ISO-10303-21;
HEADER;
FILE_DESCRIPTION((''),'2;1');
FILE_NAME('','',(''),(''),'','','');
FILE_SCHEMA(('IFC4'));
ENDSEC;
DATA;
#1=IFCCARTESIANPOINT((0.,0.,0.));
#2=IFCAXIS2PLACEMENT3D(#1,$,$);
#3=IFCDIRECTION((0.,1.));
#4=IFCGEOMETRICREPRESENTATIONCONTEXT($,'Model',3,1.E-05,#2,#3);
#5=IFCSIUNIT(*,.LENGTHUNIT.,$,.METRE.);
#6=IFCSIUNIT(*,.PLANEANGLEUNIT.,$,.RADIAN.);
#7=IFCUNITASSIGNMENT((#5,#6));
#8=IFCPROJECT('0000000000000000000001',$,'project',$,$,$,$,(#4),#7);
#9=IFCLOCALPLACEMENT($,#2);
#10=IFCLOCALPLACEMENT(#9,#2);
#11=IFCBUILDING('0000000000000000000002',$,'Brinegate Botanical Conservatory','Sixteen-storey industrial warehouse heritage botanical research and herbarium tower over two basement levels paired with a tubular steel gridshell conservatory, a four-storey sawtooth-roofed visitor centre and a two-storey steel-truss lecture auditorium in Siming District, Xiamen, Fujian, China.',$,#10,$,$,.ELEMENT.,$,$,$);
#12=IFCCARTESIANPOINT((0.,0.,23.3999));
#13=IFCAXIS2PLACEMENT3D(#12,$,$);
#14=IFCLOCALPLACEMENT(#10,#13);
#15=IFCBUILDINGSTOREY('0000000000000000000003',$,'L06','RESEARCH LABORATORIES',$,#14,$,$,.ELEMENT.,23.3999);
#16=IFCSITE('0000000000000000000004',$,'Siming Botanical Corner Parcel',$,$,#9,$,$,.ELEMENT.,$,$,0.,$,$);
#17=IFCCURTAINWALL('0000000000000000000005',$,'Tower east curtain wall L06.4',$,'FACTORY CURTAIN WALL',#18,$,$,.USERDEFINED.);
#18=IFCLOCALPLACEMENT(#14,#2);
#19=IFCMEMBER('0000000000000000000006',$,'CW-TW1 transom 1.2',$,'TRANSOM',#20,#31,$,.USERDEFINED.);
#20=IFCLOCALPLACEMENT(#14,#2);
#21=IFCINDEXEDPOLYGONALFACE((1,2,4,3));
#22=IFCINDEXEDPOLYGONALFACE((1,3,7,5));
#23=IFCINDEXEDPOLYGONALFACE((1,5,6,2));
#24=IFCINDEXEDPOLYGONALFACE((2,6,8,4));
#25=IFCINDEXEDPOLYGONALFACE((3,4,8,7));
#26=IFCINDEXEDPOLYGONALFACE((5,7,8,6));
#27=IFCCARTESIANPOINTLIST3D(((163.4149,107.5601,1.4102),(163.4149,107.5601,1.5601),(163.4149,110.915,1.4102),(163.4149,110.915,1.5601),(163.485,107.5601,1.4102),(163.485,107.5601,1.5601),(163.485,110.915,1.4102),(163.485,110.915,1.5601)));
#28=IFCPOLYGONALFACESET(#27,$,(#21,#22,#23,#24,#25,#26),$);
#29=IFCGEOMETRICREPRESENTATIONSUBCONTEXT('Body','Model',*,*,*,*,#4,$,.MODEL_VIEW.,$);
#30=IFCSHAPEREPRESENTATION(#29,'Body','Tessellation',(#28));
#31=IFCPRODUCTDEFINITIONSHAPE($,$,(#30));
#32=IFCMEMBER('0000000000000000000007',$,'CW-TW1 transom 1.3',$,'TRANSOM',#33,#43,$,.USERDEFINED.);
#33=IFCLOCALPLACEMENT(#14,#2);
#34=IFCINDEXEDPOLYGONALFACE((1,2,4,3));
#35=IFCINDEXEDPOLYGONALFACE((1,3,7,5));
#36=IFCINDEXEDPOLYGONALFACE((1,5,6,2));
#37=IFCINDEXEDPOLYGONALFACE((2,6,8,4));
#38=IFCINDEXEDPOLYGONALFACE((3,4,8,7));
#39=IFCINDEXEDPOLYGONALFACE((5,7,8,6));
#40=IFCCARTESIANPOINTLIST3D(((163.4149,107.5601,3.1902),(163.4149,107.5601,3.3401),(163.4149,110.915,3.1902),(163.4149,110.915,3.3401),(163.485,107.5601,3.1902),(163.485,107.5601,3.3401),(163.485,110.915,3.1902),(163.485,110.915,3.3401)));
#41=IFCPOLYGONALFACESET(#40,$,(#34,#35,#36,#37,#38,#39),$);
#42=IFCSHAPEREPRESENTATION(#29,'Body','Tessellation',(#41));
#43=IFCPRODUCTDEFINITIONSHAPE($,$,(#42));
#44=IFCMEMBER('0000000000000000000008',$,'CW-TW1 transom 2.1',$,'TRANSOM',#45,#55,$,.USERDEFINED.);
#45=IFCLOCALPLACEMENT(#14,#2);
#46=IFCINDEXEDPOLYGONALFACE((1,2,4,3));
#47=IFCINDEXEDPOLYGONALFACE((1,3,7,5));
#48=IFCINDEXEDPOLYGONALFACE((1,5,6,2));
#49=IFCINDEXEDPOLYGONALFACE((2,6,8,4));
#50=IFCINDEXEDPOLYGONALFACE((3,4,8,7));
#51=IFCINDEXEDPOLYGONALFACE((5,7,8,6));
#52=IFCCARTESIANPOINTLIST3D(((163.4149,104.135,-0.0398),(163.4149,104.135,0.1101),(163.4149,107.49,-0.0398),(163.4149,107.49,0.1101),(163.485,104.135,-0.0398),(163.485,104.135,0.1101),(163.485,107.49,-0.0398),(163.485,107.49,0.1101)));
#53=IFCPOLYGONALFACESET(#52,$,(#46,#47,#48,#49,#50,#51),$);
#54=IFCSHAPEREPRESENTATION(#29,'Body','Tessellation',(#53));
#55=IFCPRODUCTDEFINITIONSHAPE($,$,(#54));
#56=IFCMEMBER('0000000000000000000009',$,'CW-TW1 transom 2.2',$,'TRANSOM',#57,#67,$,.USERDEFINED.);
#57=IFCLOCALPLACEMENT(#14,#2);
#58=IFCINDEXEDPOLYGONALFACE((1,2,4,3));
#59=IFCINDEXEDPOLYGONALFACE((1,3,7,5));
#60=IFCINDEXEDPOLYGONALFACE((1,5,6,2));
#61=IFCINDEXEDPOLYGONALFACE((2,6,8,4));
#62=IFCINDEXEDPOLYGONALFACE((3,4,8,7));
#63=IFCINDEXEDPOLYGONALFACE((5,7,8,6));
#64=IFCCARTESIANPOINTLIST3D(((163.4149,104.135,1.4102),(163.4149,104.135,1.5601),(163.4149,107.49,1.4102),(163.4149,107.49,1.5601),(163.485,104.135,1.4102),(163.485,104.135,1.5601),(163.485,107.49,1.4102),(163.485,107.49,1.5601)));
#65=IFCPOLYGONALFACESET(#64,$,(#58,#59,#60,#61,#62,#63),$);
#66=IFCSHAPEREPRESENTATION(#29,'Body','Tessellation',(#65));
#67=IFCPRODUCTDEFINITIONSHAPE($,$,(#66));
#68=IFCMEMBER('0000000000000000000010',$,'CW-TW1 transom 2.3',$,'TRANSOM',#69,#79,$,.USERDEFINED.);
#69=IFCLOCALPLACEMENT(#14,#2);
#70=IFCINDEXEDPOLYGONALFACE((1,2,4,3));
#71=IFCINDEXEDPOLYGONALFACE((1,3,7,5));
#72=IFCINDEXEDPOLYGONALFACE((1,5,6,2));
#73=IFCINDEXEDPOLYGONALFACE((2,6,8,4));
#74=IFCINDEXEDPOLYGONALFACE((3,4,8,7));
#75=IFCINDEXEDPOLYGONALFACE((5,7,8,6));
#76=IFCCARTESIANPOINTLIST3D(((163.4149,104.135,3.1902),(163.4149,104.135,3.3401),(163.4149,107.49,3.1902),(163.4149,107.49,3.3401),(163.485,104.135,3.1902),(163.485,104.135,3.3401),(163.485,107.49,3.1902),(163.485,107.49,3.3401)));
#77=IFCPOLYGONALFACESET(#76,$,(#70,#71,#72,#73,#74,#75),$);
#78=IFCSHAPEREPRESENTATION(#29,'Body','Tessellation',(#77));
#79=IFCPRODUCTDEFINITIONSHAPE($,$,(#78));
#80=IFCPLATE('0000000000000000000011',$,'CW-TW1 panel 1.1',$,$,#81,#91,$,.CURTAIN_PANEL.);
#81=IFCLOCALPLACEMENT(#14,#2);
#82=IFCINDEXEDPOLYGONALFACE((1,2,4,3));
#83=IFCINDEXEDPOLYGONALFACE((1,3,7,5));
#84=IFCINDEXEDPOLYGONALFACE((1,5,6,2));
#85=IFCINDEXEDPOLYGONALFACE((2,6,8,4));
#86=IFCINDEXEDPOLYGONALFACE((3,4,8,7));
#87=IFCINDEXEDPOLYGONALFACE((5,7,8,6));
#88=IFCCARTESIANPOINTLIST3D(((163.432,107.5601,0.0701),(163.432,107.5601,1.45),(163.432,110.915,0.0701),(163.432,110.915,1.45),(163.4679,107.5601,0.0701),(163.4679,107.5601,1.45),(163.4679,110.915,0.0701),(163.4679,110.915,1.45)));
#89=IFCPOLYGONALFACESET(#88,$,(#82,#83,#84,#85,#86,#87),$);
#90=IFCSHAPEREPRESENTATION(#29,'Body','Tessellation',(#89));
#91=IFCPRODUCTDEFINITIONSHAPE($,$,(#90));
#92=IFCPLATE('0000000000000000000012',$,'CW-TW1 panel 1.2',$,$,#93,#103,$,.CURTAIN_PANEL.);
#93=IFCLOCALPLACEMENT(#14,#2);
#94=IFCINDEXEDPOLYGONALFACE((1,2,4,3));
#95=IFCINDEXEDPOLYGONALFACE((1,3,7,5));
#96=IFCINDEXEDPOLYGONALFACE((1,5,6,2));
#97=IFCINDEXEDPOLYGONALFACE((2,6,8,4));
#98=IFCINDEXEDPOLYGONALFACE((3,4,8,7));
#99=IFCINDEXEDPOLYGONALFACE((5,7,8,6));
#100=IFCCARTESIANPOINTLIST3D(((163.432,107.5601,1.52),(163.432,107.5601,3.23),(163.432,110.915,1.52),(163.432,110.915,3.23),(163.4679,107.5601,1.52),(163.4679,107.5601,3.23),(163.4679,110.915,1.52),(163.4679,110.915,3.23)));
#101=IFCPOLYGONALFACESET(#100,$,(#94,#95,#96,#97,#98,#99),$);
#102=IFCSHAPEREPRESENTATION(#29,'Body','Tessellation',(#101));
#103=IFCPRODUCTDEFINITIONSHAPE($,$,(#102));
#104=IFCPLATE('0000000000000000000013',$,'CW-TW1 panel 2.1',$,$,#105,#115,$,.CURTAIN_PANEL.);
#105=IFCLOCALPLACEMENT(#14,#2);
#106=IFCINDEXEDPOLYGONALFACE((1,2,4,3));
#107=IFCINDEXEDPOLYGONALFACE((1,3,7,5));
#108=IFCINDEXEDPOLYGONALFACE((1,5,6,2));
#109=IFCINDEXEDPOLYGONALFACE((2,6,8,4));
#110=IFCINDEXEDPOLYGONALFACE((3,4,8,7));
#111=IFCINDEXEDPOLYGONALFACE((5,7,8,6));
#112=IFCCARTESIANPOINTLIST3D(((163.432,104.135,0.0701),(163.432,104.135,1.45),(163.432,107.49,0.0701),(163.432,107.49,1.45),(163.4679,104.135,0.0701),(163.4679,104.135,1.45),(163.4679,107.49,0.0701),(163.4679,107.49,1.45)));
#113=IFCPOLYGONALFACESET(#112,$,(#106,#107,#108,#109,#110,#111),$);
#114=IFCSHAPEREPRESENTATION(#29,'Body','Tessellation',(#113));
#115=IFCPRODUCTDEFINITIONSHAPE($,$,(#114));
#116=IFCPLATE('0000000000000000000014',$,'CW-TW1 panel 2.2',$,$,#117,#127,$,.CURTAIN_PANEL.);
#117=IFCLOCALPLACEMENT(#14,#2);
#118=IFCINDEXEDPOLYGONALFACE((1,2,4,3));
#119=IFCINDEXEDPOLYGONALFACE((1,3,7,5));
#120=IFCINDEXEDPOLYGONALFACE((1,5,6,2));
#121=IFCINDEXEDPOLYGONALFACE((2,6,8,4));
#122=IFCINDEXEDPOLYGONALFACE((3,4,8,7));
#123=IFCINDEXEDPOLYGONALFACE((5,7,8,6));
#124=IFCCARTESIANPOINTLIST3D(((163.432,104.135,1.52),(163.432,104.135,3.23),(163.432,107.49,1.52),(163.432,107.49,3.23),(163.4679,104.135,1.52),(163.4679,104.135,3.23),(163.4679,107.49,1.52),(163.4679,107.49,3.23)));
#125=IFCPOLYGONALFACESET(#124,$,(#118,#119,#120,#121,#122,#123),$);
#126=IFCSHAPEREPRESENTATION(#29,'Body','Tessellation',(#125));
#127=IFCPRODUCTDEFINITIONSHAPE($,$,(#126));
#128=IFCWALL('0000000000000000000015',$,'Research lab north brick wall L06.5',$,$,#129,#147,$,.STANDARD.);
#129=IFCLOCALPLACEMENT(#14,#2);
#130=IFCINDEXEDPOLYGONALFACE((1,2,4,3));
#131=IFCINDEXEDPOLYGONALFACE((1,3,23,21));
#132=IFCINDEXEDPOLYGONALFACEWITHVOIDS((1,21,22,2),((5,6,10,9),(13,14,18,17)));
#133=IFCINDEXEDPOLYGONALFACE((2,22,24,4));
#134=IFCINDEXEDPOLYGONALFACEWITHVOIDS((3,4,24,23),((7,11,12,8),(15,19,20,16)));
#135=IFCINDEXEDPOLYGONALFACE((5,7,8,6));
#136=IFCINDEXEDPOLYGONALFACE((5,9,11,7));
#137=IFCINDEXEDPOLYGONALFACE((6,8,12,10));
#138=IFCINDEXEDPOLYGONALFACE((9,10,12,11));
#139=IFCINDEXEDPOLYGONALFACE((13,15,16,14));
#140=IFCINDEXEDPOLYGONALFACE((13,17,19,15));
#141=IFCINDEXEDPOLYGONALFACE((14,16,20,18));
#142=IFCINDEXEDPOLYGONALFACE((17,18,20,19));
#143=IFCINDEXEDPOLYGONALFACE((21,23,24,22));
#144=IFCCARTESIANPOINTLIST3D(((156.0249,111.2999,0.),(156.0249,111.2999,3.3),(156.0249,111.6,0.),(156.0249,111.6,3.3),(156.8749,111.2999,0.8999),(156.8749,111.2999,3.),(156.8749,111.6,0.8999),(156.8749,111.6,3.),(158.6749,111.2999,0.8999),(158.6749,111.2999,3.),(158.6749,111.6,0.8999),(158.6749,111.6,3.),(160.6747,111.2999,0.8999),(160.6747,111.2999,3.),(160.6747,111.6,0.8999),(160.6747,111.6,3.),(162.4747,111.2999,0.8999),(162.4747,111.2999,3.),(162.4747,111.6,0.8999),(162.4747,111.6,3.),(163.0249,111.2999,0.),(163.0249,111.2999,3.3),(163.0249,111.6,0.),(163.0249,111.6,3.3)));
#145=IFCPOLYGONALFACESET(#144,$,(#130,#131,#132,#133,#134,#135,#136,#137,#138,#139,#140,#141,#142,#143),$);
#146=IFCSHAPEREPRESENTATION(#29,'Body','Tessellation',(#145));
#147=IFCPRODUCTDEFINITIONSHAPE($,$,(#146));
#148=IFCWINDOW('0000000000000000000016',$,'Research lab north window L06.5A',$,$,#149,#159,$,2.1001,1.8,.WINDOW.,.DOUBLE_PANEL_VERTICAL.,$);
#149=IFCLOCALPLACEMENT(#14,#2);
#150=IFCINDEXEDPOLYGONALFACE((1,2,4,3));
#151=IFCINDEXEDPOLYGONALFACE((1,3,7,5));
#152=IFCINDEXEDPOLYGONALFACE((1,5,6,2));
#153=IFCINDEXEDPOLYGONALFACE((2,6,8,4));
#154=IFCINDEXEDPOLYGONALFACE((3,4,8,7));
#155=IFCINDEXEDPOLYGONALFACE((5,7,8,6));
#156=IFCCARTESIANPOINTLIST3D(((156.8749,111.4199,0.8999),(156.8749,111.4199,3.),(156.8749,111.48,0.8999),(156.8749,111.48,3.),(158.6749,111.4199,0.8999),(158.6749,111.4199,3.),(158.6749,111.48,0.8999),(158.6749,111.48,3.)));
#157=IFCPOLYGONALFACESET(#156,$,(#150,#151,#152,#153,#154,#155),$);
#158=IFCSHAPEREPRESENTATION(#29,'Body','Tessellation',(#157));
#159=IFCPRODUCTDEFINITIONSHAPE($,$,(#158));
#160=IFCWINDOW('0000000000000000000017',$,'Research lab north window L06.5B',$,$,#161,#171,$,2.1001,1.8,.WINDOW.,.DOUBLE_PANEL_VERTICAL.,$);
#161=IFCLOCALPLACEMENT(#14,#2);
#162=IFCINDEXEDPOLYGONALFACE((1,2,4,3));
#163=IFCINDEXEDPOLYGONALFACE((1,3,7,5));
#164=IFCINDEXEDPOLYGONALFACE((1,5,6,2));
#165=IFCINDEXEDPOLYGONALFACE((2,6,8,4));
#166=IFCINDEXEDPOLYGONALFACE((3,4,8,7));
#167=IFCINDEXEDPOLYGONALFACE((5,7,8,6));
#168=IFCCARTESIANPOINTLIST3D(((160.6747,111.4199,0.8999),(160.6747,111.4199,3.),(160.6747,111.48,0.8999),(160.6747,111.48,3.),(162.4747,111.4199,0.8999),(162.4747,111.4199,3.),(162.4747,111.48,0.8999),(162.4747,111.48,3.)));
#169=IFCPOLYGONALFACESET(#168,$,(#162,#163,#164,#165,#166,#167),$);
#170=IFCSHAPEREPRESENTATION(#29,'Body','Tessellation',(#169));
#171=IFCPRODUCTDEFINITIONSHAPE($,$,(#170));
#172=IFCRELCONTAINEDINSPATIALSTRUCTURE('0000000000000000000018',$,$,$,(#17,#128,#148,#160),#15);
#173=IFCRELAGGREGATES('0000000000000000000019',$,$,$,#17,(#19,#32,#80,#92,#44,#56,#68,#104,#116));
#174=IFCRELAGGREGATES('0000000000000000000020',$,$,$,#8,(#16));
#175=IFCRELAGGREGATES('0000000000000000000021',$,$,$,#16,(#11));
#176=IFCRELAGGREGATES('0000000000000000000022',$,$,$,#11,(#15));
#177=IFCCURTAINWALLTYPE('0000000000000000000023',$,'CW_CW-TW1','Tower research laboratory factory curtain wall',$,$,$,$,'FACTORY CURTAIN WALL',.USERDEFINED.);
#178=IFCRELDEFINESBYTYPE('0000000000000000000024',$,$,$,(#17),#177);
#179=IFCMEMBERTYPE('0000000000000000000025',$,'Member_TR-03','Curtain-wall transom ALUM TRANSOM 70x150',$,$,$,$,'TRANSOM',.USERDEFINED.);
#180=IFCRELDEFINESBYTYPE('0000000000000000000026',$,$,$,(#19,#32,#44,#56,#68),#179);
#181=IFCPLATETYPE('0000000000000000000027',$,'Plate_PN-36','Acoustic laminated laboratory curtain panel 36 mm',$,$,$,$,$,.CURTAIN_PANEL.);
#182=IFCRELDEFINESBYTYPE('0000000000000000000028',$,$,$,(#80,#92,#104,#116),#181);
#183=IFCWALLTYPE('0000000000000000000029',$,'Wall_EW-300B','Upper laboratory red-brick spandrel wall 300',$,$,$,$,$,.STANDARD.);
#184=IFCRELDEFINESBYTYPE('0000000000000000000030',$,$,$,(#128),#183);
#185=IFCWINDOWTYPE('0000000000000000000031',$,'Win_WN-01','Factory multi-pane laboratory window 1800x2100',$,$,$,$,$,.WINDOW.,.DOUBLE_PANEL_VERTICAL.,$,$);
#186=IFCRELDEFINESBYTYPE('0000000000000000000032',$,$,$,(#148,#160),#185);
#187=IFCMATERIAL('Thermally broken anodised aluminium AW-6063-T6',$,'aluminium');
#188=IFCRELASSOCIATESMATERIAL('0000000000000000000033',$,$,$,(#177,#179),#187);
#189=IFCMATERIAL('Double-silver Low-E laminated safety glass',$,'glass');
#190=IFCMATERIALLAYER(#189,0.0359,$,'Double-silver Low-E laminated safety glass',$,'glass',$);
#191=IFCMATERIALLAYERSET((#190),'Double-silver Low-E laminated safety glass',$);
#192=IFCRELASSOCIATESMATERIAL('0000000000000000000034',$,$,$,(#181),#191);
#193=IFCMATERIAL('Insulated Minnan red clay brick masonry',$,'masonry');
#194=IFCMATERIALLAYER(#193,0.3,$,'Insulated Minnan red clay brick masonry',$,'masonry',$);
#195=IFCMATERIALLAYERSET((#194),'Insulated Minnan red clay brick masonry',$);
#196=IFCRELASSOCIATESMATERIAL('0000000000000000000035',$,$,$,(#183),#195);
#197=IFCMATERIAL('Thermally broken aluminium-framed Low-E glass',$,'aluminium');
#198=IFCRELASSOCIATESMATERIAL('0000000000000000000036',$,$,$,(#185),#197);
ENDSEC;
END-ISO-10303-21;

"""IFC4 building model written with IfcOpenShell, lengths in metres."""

from ifc_helpers import new_model, si_unit, direction, frame, frame_2d, origin, origin_2d, place, context, subcontext, project, spatial, rectangle, extrude, material, layer, layer_set, material_profile, profile_set, type_object, element, fill, aggregate, save


model = new_model("IFC4")

# Units and contexts
model_context = context("Model", 3, precision=1e-05, world=origin(), true_north=direction((0.0, 1.0)))
body_context = subcontext(model_context, "Body", "Model", "MODEL_VIEW")
ifc_project = project(units=[si_unit("LENGTHUNIT", "METRE"), si_unit("PLANEANGLEUNIT", "RADIAN")], contexts=[model_context])

# Site, building, storey
site_placement = place(None, origin())
site = spatial("IfcSite", under=ifc_project, at=site_placement, Name="Siming Botanical Corner Parcel", CompositionType="ELEMENT", RefElevation=0.0)
building_placement = place(site_placement, origin())
building = spatial("IfcBuilding", under=site, at=building_placement, Name="Brinegate Botanical Conservatory", Description="Sixteen-storey industrial warehouse heritage botanical research and herbarium tower over two basement levels paired with a tubular steel gridshell conservatory, a four-storey sawtooth-roofed visitor centre and a two-storey steel-truss lecture auditorium in Siming District, Xiamen, Fujian, China.", CompositionType="ELEMENT")
storey_placement = place(building_placement, frame((0.0, 0.0, 23.3999)))
storey = spatial("IfcBuildingStorey", under=building, at=storey_placement, Name="L06", Description="RESEARCH LABORATORIES", CompositionType="ELEMENT", Elevation=23.3999)

# Shared definitions
ifc_material_1 = material(Name="Thermally broken anodised aluminium AW-6063-T6", Category="aluminium")
curtain_wall_type = type_object("IfcCurtainWallType", Name="CW_CW-TW1", Description="Tower research laboratory factory curtain wall", ElementType="FACTORY CURTAIN WALL", PredefinedType="USERDEFINED", material=ifc_material_1)

# Curtain wall, members, plates
curtain_wall_1_placement = place(storey_placement, origin())
curtain_wall_1 = element("IfcCurtainWall", 1, at=curtain_wall_1_placement, inside=storey, type_object=curtain_wall_type, Name="Tower east curtain wall L06.4", ObjectType="FACTORY CURTAIN WALL", PredefinedType="USERDEFINED")
ifc_material_profile_1 = material_profile(ifc_material_1, rectangle(XDim=0.0701, YDim=0.1499, at=origin_2d()), Name="ALUM TRANSOM 70x150")
ifc_profile_set_1 = profile_set([ifc_material_profile_1], Name="Thermally broken anodised aluminium AW-6063-T6")
member_type_1 = type_object("IfcMemberType", Name="Member_TR-03", Description="Curtain-wall transom ALUM TRANSOM 70x150", ElementType="TRANSOM", PredefinedType="USERDEFINED", material=ifc_profile_set_1)
member_1_placement = place(storey_placement, frame((163.45, 110.915, 1.4851), z_axis=(0.0, -1.0, 0.0), x_axis=(1.0, 0.0, 0.0)))
member_1 = element("IfcMember", 2, at=member_1_placement, type_object=member_type_1, Name="CW-TW1 transom 1.2", ObjectType="TRANSOM", PredefinedType="USERDEFINED", context=body_context, shape_type="SweptSolid", body=[
    extrude(rectangle(XDim=0.0701, YDim=0.1499, at=origin_2d()), origin(), (0.0, 0.0, 1.0), 3.355),
])
member_2_placement = place(storey_placement, frame((163.45, 110.915, 3.2651), z_axis=(0.0, -1.0, 0.0), x_axis=(1.0, 0.0, 0.0)))
member_2 = element("IfcMember", 3, at=member_2_placement, type_object=member_type_1, Name="CW-TW1 transom 1.3", ObjectType="TRANSOM", PredefinedType="USERDEFINED", context=body_context, shape_type="SweptSolid", body=[
    extrude(rectangle(XDim=0.0701, YDim=0.1499, at=origin_2d()), origin(), (0.0, 0.0, 1.0), 3.355),
])
member_3_placement = place(storey_placement, frame((163.45, 107.49, 0.0352), z_axis=(0.0, -1.0, 0.0), x_axis=(1.0, 0.0, 0.0)))
member_3 = element("IfcMember", 4, at=member_3_placement, type_object=member_type_1, Name="CW-TW1 transom 2.1", ObjectType="TRANSOM", PredefinedType="USERDEFINED", context=body_context, shape_type="SweptSolid", body=[
    extrude(rectangle(XDim=0.0701, YDim=0.1499, at=origin_2d()), origin(), (0.0, 0.0, 1.0), 3.355),
])
member_4_placement = place(storey_placement, frame((163.45, 107.49, 1.4851), z_axis=(0.0, -1.0, 0.0), x_axis=(1.0, 0.0, 0.0)))
member_4 = element("IfcMember", 5, at=member_4_placement, type_object=member_type_1, Name="CW-TW1 transom 2.2", ObjectType="TRANSOM", PredefinedType="USERDEFINED", context=body_context, shape_type="SweptSolid", body=[
    extrude(rectangle(XDim=0.0701, YDim=0.1499, at=origin_2d()), origin(), (0.0, 0.0, 1.0), 3.355),
])
member_5_placement = place(storey_placement, frame((163.45, 107.49, 3.2651), z_axis=(0.0, -1.0, 0.0), x_axis=(1.0, 0.0, 0.0)))
member_5 = element("IfcMember", 6, at=member_5_placement, type_object=member_type_1, Name="CW-TW1 transom 2.3", ObjectType="TRANSOM", PredefinedType="USERDEFINED", context=body_context, shape_type="SweptSolid", body=[
    extrude(rectangle(XDim=0.0701, YDim=0.1499, at=origin_2d()), origin(), (0.0, 0.0, 1.0), 3.355),
])
ifc_material_2 = material(Name="Double-silver Low-E laminated safety glass", Category="glass")
ifc_layer_1 = layer(ifc_material_2, 0.0359, Name="Double-silver Low-E laminated safety glass", Category="glass")
ifc_layer_set_1 = layer_set([ifc_layer_1], Name="Double-silver Low-E laminated safety glass")
plate_type = type_object("IfcPlateType", Name="Plate_PN-36", Description="Acoustic laminated laboratory curtain panel 36 mm", PredefinedType="CURTAIN_PANEL", material=ifc_layer_set_1)
plate_1_placement = place(storey_placement, frame((163.45, 109.2375, 0.0701), z_axis=(0.0, 0.0, 1.0), x_axis=(0.0, -1.0, 0.0)))
plate_1 = element("IfcPlate", 7, at=plate_1_placement, type_object=plate_type, Name="CW-TW1 panel 1.1", PredefinedType="CURTAIN_PANEL", context=body_context, shape_type="SweptSolid", body=[
    extrude(rectangle(XDim=3.355, YDim=0.0359, at=origin_2d()), origin(), (0.0, 0.0, 1.0), 1.3799),
])
plate_2_placement = place(storey_placement, frame((163.45, 109.2375, 1.52), z_axis=(0.0, 0.0, 1.0), x_axis=(0.0, -1.0, 0.0)))
plate_2 = element("IfcPlate", 8, at=plate_2_placement, type_object=plate_type, Name="CW-TW1 panel 1.2", PredefinedType="CURTAIN_PANEL", context=body_context, shape_type="SweptSolid", body=[
    extrude(rectangle(XDim=3.355, YDim=0.0359, at=origin_2d()), origin(), (0.0, 0.0, 1.0), 1.71),
])
plate_3_placement = place(storey_placement, frame((163.45, 105.8125, 0.0701), z_axis=(0.0, 0.0, 1.0), x_axis=(0.0, -1.0, 0.0)))
plate_3 = element("IfcPlate", 9, at=plate_3_placement, type_object=plate_type, Name="CW-TW1 panel 2.1", PredefinedType="CURTAIN_PANEL", context=body_context, shape_type="SweptSolid", body=[
    extrude(rectangle(XDim=3.355, YDim=0.0359, at=origin_2d()), origin(), (0.0, 0.0, 1.0), 1.3799),
])
plate_4_placement = place(storey_placement, frame((163.45, 105.8125, 1.52), z_axis=(0.0, 0.0, 1.0), x_axis=(0.0, -1.0, 0.0)))
plate_4 = element("IfcPlate", 10, at=plate_4_placement, type_object=plate_type, Name="CW-TW1 panel 2.2", PredefinedType="CURTAIN_PANEL", context=body_context, shape_type="SweptSolid", body=[
    extrude(rectangle(XDim=3.355, YDim=0.0359, at=origin_2d()), origin(), (0.0, 0.0, 1.0), 1.71),
])
aggregate(curtain_wall_1, [member_1, member_2, plate_1, plate_2, member_3, member_4, member_5, plate_3, plate_4])

# Wall, openings, windows
ifc_material_3 = material(Name="Insulated Minnan red clay brick masonry", Category="masonry")
ifc_layer_2 = layer(ifc_material_3, 0.3, Name="Insulated Minnan red clay brick masonry", Category="masonry")
ifc_layer_set_2 = layer_set([ifc_layer_2], Name="Insulated Minnan red clay brick masonry")
wall_type_1 = type_object("IfcWallType", Name="Wall_EW-300B", Description="Upper laboratory red-brick spandrel wall 300", PredefinedType="STANDARD", material=ifc_layer_set_2)
wall_1_placement = place(storey_placement, frame((156.0249, 111.45, 0.0), z_axis=(0.0, 0.0, 1.0), x_axis=(1.0, 0.0, 0.0)))
wall_1 = element("IfcWall", 11, at=wall_1_placement, inside=storey, type_object=wall_type_1, Name="Research lab north brick wall L06.5", PredefinedType="STANDARD", context=body_context, shape_type="SweptSolid", body=[
    extrude(rectangle(XDim=7.0, YDim=0.3, at=frame_2d((3.5, 0.0))), origin(), (0.0, 0.0, 1.0), 3.3),
])
opening_1_placement = place(wall_1_placement, frame((0.8501, 0.0, 0.8999)))
opening_1 = element("IfcOpeningElement", 12, at=opening_1_placement, cuts=wall_1, PredefinedType="OPENING", context=body_context, shape_type="SweptSolid", body=[
    extrude(rectangle(XDim=1.8, YDim=2.1001, at=frame_2d((0.8999, 1.05))), frame((0.0, 0.1599, 0.0), z_axis=(0.0, -1.0, 0.0), x_axis=(1.0, 0.0, 0.0)), (0.0, 0.0, 1.0), 0.3201),
])
opening_2_placement = place(wall_1_placement, frame((4.6499, 0.0, 0.8999)))
opening_2 = element("IfcOpeningElement", 13, at=opening_2_placement, cuts=wall_1, PredefinedType="OPENING", context=body_context, shape_type="SweptSolid", body=[
    extrude(rectangle(XDim=1.8, YDim=2.1001, at=frame_2d((0.8999, 1.05))), frame((0.0, 0.1599, 0.0), z_axis=(0.0, -1.0, 0.0), x_axis=(1.0, 0.0, 0.0)), (0.0, 0.0, 1.0), 0.3201),
])
ifc_material_4 = material(Name="Thermally broken aluminium-framed Low-E glass", Category="aluminium")
window_type_1 = type_object("IfcWindowType", Name="Win_WN-01", Description="Factory multi-pane laboratory window 1800x2100", PartitioningType="DOUBLE_PANEL_VERTICAL", PredefinedType="WINDOW", material=ifc_material_4)
window_1_placement = place(opening_1_placement, origin())
window_1 = element("IfcWindow", 14, at=window_1_placement, inside=storey, type_object=window_type_1, Name="Research lab north window L06.5A", OverallHeight=2.1001, OverallWidth=1.8, PartitioningType="DOUBLE_PANEL_VERTICAL", PredefinedType="WINDOW", context=body_context, shape_type="SweptSolid", body=[
    extrude(rectangle(XDim=1.8, YDim=2.1001, at=frame_2d((0.8999, 1.05))), frame((0.0, 0.03, 0.0), z_axis=(0.0, -1.0, 0.0), x_axis=(1.0, 0.0, 0.0)), (0.0, 0.0, 1.0), 0.0601),
])
fill(opening_1, window_1)
window_2_placement = place(opening_2_placement, origin())
window_2 = element("IfcWindow", 15, at=window_2_placement, inside=storey, type_object=window_type_1, Name="Research lab north window L06.5B", OverallHeight=2.1001, OverallWidth=1.8, PartitioningType="DOUBLE_PANEL_VERTICAL", PredefinedType="WINDOW", context=body_context, shape_type="SweptSolid", body=[
    extrude(rectangle(XDim=1.8, YDim=2.1001, at=frame_2d((0.8999, 1.05))), frame((0.0, 0.03, 0.0), z_axis=(0.0, -1.0, 0.0), x_axis=(1.0, 0.0, 0.0)), (0.0, 0.0, 1.0), 0.0601),
])
fill(opening_2, window_2)

save(model, "model.ifc")
